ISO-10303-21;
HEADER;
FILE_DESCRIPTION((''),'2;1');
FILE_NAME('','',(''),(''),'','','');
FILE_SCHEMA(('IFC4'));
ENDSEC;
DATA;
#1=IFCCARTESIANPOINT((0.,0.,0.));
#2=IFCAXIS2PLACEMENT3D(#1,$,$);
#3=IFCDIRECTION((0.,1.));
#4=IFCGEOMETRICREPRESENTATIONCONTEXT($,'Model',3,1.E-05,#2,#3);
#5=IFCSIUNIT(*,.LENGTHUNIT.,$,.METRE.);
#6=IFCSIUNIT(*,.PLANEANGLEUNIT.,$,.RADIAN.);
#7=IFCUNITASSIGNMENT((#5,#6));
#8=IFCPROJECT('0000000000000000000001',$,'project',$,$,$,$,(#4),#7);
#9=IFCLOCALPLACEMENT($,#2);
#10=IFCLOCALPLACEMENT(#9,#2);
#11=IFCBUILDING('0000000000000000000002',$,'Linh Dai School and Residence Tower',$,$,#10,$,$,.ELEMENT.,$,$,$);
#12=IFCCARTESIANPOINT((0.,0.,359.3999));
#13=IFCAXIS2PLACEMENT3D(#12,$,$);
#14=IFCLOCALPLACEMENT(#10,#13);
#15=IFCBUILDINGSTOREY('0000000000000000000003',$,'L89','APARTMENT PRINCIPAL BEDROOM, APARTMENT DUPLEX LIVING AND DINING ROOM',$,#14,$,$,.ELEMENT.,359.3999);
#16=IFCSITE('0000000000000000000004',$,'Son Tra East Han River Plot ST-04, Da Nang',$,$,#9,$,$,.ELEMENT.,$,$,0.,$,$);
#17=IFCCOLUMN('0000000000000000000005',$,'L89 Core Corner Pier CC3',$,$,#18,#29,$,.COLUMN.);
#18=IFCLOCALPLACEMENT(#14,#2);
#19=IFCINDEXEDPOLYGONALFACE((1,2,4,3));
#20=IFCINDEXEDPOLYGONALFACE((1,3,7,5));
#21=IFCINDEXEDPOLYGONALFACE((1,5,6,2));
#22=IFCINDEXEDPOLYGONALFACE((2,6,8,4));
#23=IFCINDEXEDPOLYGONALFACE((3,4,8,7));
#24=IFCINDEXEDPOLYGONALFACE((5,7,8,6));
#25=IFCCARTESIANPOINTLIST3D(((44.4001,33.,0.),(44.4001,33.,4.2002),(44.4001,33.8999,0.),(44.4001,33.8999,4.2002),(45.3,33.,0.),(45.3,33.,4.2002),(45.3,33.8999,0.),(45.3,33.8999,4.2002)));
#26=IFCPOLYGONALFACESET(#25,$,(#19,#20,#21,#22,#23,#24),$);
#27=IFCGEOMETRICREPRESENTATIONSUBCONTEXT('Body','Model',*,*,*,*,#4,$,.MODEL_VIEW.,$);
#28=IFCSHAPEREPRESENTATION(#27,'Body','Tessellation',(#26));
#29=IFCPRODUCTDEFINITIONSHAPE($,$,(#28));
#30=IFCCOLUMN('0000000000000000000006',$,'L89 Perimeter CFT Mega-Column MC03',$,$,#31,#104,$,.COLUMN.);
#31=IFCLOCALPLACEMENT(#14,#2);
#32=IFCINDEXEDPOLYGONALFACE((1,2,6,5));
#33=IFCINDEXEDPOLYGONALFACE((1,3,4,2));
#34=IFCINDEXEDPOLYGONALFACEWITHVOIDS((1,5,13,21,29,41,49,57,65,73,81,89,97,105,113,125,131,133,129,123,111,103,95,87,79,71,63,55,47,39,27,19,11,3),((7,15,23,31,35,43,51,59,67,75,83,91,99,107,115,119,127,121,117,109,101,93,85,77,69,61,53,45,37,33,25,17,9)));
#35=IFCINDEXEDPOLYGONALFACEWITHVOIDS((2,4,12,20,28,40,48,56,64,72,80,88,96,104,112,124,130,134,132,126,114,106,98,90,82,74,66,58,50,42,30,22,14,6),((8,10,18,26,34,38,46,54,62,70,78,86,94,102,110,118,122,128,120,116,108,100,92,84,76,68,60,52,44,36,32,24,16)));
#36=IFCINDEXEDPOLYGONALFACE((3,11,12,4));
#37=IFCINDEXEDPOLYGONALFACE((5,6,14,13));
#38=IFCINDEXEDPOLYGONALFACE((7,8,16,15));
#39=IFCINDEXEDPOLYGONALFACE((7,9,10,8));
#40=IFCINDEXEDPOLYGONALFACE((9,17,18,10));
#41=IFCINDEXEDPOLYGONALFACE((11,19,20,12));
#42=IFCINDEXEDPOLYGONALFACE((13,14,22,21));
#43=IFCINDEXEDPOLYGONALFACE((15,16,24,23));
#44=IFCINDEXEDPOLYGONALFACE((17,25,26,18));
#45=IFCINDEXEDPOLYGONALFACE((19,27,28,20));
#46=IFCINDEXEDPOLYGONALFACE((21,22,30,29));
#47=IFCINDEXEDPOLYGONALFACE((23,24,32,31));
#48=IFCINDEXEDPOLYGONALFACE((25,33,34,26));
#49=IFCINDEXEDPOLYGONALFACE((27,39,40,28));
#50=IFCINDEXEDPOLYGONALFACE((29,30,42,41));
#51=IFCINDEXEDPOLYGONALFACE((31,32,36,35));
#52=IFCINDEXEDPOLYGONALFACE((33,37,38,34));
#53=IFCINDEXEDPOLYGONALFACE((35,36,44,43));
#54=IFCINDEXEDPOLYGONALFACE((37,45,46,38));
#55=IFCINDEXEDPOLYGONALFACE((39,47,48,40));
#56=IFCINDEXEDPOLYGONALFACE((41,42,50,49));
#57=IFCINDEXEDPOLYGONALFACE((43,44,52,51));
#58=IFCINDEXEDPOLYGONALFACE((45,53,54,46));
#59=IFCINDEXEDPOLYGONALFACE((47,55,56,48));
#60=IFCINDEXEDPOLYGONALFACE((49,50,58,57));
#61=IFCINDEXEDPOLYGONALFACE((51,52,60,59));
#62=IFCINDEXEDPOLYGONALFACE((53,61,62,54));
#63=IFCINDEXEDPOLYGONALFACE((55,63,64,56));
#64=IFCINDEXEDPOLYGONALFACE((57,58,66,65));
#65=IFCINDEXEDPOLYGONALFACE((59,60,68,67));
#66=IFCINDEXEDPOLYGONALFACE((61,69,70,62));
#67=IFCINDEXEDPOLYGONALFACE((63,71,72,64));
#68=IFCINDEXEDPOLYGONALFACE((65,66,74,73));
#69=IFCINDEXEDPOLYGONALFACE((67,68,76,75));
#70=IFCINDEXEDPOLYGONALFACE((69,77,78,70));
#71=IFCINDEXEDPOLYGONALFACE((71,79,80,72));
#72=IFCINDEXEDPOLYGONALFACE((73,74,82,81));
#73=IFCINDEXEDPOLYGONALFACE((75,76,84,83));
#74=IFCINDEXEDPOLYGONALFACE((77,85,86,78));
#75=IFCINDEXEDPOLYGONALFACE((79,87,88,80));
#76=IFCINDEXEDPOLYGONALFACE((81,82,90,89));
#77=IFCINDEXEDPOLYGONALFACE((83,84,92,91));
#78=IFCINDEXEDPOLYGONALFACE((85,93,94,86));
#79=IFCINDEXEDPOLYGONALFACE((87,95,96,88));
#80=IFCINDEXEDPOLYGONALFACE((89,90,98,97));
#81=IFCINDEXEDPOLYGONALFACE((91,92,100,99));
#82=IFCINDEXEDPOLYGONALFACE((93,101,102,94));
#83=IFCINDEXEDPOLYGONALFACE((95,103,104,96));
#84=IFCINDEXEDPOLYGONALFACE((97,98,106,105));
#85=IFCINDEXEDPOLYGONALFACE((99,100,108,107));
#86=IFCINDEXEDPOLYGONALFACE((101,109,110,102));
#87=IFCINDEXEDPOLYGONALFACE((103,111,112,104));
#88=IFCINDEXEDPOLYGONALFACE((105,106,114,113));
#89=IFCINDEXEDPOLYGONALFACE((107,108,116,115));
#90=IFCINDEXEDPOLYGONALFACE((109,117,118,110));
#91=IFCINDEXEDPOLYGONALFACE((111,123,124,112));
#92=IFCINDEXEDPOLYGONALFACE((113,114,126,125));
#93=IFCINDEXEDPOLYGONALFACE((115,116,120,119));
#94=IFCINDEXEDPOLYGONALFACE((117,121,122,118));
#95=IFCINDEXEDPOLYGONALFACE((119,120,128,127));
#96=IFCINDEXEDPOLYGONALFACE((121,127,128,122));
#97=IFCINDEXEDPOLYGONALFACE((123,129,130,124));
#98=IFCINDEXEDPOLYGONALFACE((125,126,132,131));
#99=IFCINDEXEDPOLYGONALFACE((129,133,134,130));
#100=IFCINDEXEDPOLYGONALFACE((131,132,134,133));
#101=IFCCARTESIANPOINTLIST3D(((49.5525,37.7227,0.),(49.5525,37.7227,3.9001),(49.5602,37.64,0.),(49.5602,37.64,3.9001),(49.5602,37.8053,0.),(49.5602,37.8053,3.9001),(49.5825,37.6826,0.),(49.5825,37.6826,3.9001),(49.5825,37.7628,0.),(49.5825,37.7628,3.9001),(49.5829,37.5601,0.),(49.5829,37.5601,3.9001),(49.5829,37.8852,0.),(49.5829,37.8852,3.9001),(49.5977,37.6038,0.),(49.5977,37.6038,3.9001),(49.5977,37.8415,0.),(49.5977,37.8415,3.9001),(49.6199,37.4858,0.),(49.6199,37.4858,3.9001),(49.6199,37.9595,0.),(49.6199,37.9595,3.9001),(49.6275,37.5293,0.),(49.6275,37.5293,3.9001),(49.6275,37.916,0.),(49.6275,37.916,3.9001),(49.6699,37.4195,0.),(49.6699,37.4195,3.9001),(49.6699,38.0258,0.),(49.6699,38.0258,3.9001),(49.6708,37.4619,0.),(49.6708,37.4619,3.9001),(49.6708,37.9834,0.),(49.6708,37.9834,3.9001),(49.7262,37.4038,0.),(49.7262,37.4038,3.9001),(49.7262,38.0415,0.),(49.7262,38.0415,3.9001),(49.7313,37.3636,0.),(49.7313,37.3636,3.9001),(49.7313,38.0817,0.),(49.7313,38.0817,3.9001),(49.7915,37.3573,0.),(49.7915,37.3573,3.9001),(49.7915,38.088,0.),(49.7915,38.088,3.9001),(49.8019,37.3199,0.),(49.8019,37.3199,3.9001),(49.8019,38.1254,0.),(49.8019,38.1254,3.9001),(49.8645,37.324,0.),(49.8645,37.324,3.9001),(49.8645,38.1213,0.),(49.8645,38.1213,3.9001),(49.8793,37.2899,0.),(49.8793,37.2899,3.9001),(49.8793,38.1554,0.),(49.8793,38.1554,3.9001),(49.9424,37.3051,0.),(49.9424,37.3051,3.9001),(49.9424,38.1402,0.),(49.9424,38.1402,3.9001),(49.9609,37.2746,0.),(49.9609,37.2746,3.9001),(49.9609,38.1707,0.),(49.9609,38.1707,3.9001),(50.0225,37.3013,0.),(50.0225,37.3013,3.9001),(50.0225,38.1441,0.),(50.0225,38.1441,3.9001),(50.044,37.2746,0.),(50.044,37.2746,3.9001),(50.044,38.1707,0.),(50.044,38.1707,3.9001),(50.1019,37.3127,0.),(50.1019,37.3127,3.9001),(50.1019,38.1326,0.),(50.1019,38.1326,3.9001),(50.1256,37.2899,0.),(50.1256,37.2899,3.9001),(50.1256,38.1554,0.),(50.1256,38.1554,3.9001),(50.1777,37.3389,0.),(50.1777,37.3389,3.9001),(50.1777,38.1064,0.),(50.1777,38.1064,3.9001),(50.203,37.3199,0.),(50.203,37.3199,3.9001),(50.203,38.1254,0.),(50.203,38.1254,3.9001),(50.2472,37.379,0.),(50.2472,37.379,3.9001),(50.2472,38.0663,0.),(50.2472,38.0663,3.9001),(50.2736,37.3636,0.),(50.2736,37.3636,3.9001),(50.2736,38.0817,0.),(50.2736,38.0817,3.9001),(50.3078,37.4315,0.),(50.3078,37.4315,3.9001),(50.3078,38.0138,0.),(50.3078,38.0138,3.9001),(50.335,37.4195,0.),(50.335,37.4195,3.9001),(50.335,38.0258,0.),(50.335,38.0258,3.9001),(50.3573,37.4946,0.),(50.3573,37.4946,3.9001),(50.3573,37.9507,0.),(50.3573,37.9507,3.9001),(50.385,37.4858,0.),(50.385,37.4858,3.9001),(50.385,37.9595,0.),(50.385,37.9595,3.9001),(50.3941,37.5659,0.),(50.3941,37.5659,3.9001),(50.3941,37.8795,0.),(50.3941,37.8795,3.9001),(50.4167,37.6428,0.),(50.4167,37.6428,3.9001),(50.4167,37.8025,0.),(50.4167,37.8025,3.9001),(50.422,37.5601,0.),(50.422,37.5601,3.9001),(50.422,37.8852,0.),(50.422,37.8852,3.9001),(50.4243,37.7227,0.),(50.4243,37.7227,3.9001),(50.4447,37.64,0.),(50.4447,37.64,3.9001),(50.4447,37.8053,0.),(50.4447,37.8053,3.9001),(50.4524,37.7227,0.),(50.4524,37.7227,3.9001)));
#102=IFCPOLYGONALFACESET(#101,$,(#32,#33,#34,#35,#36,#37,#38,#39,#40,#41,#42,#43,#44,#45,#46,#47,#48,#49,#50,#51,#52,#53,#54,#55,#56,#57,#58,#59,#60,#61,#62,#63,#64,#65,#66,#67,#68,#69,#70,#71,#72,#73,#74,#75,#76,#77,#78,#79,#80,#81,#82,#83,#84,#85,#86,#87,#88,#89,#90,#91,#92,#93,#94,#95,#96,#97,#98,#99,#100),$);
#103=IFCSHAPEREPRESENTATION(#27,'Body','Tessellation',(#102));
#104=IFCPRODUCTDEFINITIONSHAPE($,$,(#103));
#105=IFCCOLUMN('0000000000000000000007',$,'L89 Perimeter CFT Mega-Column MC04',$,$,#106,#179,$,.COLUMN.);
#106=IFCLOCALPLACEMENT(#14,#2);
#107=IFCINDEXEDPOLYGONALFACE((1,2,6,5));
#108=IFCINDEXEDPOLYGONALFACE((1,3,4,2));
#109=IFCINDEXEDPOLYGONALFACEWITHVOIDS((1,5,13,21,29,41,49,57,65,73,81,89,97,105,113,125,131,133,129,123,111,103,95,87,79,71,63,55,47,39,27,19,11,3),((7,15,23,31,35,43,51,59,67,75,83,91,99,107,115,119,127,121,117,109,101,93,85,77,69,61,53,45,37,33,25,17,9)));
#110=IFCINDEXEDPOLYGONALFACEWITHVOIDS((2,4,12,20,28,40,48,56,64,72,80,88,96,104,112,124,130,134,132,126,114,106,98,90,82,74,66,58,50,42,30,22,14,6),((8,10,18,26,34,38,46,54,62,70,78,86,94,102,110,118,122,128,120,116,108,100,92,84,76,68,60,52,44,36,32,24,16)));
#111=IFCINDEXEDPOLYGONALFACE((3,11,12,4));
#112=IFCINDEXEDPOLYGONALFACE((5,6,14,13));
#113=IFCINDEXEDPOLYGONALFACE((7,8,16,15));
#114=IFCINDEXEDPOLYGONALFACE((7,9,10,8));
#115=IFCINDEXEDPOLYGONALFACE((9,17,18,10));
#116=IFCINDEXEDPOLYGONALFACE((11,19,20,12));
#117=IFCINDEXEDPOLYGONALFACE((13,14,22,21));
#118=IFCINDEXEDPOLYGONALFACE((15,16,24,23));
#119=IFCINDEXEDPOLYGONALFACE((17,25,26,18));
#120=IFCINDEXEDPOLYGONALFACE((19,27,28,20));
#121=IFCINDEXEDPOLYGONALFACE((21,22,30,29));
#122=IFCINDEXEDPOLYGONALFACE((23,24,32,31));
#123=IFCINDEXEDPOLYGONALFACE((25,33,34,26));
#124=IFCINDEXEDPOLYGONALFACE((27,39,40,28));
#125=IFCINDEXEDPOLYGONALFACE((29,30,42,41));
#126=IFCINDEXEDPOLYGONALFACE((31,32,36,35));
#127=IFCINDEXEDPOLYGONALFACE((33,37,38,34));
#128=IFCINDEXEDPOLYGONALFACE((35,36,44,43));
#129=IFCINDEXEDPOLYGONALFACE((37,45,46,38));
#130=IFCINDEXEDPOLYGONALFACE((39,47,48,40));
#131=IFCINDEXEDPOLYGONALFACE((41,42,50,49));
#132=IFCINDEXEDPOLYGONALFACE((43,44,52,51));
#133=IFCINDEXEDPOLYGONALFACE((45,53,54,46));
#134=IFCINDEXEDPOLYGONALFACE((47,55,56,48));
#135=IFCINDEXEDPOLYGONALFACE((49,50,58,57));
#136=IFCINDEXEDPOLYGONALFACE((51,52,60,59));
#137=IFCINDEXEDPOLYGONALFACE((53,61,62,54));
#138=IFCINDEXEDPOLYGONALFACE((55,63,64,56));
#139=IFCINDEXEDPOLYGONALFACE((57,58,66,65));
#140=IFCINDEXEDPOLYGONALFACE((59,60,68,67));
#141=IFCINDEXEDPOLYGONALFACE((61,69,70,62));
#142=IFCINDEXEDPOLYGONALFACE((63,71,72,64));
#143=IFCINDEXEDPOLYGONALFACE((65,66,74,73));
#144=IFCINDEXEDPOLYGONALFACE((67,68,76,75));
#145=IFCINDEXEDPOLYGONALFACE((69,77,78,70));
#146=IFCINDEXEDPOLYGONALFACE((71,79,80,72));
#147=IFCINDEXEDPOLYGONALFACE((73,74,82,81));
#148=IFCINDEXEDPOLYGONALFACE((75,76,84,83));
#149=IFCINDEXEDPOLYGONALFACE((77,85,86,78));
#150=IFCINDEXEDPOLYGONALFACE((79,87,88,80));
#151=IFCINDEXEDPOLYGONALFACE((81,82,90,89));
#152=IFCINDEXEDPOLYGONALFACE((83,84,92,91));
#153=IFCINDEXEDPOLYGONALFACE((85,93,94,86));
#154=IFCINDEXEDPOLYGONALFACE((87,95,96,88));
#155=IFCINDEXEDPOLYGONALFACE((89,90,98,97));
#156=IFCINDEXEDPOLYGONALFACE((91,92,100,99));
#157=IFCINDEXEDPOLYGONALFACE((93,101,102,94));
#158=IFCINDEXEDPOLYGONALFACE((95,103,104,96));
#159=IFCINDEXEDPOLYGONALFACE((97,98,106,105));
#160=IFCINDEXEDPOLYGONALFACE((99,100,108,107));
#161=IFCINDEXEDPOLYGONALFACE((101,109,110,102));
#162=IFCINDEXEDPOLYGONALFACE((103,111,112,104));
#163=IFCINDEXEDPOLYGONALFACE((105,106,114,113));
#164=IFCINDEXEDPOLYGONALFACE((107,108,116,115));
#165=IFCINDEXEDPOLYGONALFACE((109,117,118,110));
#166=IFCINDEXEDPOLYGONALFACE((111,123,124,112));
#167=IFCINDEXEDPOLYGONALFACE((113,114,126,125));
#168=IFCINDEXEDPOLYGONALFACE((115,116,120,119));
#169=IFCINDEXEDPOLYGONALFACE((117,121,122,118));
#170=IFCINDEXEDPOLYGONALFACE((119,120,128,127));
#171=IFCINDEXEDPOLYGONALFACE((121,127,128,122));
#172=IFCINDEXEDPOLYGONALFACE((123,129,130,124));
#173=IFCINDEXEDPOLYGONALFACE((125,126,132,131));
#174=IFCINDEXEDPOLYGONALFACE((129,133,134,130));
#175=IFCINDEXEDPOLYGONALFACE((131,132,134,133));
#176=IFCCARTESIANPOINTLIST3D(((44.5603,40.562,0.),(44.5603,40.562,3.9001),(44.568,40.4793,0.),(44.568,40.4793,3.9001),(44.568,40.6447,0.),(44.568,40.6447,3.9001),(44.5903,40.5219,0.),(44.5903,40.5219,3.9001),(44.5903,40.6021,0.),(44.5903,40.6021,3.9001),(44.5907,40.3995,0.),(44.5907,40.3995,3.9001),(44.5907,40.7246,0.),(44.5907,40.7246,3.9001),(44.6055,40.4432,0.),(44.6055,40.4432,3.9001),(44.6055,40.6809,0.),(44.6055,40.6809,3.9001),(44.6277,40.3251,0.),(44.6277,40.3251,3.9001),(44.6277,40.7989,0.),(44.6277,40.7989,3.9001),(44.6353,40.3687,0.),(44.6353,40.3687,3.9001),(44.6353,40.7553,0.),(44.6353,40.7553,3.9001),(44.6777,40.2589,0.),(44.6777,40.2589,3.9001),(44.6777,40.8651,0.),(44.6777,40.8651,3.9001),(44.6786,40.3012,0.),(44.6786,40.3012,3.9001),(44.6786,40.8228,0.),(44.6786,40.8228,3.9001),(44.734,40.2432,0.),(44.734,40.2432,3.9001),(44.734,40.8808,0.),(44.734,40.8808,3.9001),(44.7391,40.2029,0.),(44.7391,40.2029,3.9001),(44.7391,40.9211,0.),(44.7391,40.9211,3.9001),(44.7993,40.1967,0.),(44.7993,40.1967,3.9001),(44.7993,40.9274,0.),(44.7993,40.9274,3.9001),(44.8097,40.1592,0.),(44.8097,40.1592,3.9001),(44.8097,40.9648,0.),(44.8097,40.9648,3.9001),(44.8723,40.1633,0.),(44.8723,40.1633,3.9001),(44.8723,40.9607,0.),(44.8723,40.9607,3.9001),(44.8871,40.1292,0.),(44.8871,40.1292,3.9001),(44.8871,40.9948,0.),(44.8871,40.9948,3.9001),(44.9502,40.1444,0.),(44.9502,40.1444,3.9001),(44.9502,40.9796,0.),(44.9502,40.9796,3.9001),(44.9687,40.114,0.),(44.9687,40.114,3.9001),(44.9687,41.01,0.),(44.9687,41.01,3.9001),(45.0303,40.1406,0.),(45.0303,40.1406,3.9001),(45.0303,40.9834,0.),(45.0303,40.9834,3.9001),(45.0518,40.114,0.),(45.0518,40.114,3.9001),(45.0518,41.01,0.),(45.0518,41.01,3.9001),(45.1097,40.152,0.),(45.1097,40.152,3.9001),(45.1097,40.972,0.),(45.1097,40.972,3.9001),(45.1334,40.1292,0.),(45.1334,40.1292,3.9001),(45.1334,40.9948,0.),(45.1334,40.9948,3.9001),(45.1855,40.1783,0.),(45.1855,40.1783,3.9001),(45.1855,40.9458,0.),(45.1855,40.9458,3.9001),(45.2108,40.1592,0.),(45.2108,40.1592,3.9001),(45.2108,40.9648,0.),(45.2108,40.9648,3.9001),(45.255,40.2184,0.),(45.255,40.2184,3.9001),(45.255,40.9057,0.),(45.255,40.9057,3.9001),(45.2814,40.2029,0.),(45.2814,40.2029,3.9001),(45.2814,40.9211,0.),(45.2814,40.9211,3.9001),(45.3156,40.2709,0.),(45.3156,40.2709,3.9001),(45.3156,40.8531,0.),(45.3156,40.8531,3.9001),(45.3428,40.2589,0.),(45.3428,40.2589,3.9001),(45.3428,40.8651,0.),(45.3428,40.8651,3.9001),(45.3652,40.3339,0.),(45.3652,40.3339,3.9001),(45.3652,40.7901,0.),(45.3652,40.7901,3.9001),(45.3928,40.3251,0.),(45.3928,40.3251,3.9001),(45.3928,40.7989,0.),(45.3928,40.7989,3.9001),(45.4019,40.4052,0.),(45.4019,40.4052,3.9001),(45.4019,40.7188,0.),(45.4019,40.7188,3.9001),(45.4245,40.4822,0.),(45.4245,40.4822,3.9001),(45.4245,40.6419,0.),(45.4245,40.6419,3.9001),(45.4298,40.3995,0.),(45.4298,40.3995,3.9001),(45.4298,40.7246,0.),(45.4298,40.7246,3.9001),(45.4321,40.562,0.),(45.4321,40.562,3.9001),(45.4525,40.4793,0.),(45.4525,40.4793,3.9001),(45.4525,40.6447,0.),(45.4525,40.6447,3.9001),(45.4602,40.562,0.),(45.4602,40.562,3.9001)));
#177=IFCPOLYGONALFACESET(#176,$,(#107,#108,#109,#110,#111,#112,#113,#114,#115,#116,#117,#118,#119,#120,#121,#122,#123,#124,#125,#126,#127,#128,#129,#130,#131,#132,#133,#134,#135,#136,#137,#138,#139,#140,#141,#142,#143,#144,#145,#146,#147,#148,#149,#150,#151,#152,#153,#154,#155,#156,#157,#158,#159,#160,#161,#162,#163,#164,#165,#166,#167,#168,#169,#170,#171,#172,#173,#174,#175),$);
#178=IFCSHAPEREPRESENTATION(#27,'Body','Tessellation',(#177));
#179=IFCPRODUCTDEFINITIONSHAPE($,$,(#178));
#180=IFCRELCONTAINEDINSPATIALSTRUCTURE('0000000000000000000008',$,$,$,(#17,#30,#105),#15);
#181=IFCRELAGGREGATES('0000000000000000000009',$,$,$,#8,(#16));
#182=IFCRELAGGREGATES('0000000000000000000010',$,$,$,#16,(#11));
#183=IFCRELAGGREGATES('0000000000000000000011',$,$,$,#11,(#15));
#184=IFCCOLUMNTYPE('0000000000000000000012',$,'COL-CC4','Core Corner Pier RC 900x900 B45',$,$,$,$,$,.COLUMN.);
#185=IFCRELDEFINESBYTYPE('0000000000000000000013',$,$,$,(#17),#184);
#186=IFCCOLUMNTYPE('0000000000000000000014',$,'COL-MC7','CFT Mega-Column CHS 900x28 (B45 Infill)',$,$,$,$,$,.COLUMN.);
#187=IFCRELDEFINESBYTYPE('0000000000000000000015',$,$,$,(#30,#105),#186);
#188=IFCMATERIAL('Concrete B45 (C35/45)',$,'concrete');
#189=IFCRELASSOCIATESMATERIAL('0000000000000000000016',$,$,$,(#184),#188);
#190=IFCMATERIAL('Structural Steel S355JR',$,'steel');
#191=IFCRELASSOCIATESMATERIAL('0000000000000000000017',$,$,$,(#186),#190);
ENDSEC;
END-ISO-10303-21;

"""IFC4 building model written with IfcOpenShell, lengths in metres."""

from ifc_helpers import new_model, si_unit, direction, frame, origin, origin_2d, place, context, subcontext, project, spatial, rectangle, hollow_circle, extrude, material, material_profile, profile_set, type_object, element, save


model = new_model("IFC4")

# Units and contexts
model_context = context("Model", 3, precision=1e-05, world=origin(), true_north=direction((0.0, 1.0)))
body_context = subcontext(model_context, "Body", "Model", "MODEL_VIEW")
ifc_project = project(units=[si_unit("LENGTHUNIT", "METRE"), si_unit("PLANEANGLEUNIT", "RADIAN")], contexts=[model_context])

# Site, building, storey
site_placement = place(None, origin())
site = spatial("IfcSite", under=ifc_project, at=site_placement, Name="Son Tra East Han River Plot ST-04, Da Nang", CompositionType="ELEMENT", RefElevation=0.0)
building_placement = place(site_placement, origin())
building = spatial("IfcBuilding", under=site, at=building_placement, Name="Linh Dai School and Residence Tower", CompositionType="ELEMENT")
storey_placement = place(building_placement, frame((0.0, 0.0, 359.3999)))
storey = spatial("IfcBuildingStorey", under=building, at=storey_placement, Name="L89", Description="APARTMENT PRINCIPAL BEDROOM, APARTMENT DUPLEX LIVING AND DINING ROOM", CompositionType="ELEMENT", Elevation=359.3999)

# Columns
ifc_material_1 = material(Name="Concrete B45 (C35/45)", Category="concrete")
ifc_material_profile_1 = material_profile(ifc_material_1, rectangle(XDim=0.8999, YDim=0.8999, at=origin_2d()), Name="RC 900x900")
ifc_profile_set_1 = profile_set([ifc_material_profile_1], Name="Concrete B45 (C35/45)")
column_type_1 = type_object("IfcColumnType", Name="COL-CC4", Description="Core Corner Pier RC 900x900 B45", PredefinedType="COLUMN", material=ifc_profile_set_1)
column_placement = place(storey_placement, frame((44.8501, 33.45, 0.0), z_axis=(0.0, 0.0, 1.0), x_axis=(1.0, 0.0, 0.0)))
element("IfcColumn", 1, at=column_placement, inside=storey, type_object=column_type_1, Name="L89 Core Corner Pier CC3", PredefinedType="COLUMN", context=body_context, shape_type="SweptSolid", body=[
    extrude(rectangle(XDim=0.8999, YDim=0.8999, at=origin_2d()), origin(), (0.0, 0.0, 1.0), 4.2002),
])
ifc_material_2 = material(Name="Structural Steel S355JR", Category="steel")
ifc_material_profile_2 = material_profile(ifc_material_2, hollow_circle(Radius=0.45, WallThickness=0.0281, at=origin_2d()), Name="CHS 900x28")
ifc_profile_set_2 = profile_set([ifc_material_profile_2], Name="Structural Steel S355JR")
column_type_2 = type_object("IfcColumnType", Name="COL-MC7", Description="CFT Mega-Column CHS 900x28 (B45 Infill)", PredefinedType="COLUMN", material=ifc_profile_set_2)
for number, where, z_axis, x_axis, name in (
    (2, (50.0024, 37.7227, 0.0), (0.0, 0.0, 1.0), (1.0, 0.0, 0.0), "L89 Perimeter CFT Mega-Column MC03"),
    (3, (45.0103, 40.562, 0.0), (0.0, 0.0, 1.0), (1.0, 0.0, 0.0), "L89 Perimeter CFT Mega-Column MC04"),
):
    element("IfcColumn", number, at=place(storey_placement, frame(where, z_axis=z_axis, x_axis=x_axis)), inside=storey, type_object=column_type_2, Name=name, PredefinedType="COLUMN", context=body_context, shape_type="SweptSolid", body=[
        extrude(hollow_circle(Radius=0.45, WallThickness=0.0281, at=origin_2d()), origin(), (0.0, 0.0, 1.0), 3.9001),
    ])

save(model, "model.ifc")
